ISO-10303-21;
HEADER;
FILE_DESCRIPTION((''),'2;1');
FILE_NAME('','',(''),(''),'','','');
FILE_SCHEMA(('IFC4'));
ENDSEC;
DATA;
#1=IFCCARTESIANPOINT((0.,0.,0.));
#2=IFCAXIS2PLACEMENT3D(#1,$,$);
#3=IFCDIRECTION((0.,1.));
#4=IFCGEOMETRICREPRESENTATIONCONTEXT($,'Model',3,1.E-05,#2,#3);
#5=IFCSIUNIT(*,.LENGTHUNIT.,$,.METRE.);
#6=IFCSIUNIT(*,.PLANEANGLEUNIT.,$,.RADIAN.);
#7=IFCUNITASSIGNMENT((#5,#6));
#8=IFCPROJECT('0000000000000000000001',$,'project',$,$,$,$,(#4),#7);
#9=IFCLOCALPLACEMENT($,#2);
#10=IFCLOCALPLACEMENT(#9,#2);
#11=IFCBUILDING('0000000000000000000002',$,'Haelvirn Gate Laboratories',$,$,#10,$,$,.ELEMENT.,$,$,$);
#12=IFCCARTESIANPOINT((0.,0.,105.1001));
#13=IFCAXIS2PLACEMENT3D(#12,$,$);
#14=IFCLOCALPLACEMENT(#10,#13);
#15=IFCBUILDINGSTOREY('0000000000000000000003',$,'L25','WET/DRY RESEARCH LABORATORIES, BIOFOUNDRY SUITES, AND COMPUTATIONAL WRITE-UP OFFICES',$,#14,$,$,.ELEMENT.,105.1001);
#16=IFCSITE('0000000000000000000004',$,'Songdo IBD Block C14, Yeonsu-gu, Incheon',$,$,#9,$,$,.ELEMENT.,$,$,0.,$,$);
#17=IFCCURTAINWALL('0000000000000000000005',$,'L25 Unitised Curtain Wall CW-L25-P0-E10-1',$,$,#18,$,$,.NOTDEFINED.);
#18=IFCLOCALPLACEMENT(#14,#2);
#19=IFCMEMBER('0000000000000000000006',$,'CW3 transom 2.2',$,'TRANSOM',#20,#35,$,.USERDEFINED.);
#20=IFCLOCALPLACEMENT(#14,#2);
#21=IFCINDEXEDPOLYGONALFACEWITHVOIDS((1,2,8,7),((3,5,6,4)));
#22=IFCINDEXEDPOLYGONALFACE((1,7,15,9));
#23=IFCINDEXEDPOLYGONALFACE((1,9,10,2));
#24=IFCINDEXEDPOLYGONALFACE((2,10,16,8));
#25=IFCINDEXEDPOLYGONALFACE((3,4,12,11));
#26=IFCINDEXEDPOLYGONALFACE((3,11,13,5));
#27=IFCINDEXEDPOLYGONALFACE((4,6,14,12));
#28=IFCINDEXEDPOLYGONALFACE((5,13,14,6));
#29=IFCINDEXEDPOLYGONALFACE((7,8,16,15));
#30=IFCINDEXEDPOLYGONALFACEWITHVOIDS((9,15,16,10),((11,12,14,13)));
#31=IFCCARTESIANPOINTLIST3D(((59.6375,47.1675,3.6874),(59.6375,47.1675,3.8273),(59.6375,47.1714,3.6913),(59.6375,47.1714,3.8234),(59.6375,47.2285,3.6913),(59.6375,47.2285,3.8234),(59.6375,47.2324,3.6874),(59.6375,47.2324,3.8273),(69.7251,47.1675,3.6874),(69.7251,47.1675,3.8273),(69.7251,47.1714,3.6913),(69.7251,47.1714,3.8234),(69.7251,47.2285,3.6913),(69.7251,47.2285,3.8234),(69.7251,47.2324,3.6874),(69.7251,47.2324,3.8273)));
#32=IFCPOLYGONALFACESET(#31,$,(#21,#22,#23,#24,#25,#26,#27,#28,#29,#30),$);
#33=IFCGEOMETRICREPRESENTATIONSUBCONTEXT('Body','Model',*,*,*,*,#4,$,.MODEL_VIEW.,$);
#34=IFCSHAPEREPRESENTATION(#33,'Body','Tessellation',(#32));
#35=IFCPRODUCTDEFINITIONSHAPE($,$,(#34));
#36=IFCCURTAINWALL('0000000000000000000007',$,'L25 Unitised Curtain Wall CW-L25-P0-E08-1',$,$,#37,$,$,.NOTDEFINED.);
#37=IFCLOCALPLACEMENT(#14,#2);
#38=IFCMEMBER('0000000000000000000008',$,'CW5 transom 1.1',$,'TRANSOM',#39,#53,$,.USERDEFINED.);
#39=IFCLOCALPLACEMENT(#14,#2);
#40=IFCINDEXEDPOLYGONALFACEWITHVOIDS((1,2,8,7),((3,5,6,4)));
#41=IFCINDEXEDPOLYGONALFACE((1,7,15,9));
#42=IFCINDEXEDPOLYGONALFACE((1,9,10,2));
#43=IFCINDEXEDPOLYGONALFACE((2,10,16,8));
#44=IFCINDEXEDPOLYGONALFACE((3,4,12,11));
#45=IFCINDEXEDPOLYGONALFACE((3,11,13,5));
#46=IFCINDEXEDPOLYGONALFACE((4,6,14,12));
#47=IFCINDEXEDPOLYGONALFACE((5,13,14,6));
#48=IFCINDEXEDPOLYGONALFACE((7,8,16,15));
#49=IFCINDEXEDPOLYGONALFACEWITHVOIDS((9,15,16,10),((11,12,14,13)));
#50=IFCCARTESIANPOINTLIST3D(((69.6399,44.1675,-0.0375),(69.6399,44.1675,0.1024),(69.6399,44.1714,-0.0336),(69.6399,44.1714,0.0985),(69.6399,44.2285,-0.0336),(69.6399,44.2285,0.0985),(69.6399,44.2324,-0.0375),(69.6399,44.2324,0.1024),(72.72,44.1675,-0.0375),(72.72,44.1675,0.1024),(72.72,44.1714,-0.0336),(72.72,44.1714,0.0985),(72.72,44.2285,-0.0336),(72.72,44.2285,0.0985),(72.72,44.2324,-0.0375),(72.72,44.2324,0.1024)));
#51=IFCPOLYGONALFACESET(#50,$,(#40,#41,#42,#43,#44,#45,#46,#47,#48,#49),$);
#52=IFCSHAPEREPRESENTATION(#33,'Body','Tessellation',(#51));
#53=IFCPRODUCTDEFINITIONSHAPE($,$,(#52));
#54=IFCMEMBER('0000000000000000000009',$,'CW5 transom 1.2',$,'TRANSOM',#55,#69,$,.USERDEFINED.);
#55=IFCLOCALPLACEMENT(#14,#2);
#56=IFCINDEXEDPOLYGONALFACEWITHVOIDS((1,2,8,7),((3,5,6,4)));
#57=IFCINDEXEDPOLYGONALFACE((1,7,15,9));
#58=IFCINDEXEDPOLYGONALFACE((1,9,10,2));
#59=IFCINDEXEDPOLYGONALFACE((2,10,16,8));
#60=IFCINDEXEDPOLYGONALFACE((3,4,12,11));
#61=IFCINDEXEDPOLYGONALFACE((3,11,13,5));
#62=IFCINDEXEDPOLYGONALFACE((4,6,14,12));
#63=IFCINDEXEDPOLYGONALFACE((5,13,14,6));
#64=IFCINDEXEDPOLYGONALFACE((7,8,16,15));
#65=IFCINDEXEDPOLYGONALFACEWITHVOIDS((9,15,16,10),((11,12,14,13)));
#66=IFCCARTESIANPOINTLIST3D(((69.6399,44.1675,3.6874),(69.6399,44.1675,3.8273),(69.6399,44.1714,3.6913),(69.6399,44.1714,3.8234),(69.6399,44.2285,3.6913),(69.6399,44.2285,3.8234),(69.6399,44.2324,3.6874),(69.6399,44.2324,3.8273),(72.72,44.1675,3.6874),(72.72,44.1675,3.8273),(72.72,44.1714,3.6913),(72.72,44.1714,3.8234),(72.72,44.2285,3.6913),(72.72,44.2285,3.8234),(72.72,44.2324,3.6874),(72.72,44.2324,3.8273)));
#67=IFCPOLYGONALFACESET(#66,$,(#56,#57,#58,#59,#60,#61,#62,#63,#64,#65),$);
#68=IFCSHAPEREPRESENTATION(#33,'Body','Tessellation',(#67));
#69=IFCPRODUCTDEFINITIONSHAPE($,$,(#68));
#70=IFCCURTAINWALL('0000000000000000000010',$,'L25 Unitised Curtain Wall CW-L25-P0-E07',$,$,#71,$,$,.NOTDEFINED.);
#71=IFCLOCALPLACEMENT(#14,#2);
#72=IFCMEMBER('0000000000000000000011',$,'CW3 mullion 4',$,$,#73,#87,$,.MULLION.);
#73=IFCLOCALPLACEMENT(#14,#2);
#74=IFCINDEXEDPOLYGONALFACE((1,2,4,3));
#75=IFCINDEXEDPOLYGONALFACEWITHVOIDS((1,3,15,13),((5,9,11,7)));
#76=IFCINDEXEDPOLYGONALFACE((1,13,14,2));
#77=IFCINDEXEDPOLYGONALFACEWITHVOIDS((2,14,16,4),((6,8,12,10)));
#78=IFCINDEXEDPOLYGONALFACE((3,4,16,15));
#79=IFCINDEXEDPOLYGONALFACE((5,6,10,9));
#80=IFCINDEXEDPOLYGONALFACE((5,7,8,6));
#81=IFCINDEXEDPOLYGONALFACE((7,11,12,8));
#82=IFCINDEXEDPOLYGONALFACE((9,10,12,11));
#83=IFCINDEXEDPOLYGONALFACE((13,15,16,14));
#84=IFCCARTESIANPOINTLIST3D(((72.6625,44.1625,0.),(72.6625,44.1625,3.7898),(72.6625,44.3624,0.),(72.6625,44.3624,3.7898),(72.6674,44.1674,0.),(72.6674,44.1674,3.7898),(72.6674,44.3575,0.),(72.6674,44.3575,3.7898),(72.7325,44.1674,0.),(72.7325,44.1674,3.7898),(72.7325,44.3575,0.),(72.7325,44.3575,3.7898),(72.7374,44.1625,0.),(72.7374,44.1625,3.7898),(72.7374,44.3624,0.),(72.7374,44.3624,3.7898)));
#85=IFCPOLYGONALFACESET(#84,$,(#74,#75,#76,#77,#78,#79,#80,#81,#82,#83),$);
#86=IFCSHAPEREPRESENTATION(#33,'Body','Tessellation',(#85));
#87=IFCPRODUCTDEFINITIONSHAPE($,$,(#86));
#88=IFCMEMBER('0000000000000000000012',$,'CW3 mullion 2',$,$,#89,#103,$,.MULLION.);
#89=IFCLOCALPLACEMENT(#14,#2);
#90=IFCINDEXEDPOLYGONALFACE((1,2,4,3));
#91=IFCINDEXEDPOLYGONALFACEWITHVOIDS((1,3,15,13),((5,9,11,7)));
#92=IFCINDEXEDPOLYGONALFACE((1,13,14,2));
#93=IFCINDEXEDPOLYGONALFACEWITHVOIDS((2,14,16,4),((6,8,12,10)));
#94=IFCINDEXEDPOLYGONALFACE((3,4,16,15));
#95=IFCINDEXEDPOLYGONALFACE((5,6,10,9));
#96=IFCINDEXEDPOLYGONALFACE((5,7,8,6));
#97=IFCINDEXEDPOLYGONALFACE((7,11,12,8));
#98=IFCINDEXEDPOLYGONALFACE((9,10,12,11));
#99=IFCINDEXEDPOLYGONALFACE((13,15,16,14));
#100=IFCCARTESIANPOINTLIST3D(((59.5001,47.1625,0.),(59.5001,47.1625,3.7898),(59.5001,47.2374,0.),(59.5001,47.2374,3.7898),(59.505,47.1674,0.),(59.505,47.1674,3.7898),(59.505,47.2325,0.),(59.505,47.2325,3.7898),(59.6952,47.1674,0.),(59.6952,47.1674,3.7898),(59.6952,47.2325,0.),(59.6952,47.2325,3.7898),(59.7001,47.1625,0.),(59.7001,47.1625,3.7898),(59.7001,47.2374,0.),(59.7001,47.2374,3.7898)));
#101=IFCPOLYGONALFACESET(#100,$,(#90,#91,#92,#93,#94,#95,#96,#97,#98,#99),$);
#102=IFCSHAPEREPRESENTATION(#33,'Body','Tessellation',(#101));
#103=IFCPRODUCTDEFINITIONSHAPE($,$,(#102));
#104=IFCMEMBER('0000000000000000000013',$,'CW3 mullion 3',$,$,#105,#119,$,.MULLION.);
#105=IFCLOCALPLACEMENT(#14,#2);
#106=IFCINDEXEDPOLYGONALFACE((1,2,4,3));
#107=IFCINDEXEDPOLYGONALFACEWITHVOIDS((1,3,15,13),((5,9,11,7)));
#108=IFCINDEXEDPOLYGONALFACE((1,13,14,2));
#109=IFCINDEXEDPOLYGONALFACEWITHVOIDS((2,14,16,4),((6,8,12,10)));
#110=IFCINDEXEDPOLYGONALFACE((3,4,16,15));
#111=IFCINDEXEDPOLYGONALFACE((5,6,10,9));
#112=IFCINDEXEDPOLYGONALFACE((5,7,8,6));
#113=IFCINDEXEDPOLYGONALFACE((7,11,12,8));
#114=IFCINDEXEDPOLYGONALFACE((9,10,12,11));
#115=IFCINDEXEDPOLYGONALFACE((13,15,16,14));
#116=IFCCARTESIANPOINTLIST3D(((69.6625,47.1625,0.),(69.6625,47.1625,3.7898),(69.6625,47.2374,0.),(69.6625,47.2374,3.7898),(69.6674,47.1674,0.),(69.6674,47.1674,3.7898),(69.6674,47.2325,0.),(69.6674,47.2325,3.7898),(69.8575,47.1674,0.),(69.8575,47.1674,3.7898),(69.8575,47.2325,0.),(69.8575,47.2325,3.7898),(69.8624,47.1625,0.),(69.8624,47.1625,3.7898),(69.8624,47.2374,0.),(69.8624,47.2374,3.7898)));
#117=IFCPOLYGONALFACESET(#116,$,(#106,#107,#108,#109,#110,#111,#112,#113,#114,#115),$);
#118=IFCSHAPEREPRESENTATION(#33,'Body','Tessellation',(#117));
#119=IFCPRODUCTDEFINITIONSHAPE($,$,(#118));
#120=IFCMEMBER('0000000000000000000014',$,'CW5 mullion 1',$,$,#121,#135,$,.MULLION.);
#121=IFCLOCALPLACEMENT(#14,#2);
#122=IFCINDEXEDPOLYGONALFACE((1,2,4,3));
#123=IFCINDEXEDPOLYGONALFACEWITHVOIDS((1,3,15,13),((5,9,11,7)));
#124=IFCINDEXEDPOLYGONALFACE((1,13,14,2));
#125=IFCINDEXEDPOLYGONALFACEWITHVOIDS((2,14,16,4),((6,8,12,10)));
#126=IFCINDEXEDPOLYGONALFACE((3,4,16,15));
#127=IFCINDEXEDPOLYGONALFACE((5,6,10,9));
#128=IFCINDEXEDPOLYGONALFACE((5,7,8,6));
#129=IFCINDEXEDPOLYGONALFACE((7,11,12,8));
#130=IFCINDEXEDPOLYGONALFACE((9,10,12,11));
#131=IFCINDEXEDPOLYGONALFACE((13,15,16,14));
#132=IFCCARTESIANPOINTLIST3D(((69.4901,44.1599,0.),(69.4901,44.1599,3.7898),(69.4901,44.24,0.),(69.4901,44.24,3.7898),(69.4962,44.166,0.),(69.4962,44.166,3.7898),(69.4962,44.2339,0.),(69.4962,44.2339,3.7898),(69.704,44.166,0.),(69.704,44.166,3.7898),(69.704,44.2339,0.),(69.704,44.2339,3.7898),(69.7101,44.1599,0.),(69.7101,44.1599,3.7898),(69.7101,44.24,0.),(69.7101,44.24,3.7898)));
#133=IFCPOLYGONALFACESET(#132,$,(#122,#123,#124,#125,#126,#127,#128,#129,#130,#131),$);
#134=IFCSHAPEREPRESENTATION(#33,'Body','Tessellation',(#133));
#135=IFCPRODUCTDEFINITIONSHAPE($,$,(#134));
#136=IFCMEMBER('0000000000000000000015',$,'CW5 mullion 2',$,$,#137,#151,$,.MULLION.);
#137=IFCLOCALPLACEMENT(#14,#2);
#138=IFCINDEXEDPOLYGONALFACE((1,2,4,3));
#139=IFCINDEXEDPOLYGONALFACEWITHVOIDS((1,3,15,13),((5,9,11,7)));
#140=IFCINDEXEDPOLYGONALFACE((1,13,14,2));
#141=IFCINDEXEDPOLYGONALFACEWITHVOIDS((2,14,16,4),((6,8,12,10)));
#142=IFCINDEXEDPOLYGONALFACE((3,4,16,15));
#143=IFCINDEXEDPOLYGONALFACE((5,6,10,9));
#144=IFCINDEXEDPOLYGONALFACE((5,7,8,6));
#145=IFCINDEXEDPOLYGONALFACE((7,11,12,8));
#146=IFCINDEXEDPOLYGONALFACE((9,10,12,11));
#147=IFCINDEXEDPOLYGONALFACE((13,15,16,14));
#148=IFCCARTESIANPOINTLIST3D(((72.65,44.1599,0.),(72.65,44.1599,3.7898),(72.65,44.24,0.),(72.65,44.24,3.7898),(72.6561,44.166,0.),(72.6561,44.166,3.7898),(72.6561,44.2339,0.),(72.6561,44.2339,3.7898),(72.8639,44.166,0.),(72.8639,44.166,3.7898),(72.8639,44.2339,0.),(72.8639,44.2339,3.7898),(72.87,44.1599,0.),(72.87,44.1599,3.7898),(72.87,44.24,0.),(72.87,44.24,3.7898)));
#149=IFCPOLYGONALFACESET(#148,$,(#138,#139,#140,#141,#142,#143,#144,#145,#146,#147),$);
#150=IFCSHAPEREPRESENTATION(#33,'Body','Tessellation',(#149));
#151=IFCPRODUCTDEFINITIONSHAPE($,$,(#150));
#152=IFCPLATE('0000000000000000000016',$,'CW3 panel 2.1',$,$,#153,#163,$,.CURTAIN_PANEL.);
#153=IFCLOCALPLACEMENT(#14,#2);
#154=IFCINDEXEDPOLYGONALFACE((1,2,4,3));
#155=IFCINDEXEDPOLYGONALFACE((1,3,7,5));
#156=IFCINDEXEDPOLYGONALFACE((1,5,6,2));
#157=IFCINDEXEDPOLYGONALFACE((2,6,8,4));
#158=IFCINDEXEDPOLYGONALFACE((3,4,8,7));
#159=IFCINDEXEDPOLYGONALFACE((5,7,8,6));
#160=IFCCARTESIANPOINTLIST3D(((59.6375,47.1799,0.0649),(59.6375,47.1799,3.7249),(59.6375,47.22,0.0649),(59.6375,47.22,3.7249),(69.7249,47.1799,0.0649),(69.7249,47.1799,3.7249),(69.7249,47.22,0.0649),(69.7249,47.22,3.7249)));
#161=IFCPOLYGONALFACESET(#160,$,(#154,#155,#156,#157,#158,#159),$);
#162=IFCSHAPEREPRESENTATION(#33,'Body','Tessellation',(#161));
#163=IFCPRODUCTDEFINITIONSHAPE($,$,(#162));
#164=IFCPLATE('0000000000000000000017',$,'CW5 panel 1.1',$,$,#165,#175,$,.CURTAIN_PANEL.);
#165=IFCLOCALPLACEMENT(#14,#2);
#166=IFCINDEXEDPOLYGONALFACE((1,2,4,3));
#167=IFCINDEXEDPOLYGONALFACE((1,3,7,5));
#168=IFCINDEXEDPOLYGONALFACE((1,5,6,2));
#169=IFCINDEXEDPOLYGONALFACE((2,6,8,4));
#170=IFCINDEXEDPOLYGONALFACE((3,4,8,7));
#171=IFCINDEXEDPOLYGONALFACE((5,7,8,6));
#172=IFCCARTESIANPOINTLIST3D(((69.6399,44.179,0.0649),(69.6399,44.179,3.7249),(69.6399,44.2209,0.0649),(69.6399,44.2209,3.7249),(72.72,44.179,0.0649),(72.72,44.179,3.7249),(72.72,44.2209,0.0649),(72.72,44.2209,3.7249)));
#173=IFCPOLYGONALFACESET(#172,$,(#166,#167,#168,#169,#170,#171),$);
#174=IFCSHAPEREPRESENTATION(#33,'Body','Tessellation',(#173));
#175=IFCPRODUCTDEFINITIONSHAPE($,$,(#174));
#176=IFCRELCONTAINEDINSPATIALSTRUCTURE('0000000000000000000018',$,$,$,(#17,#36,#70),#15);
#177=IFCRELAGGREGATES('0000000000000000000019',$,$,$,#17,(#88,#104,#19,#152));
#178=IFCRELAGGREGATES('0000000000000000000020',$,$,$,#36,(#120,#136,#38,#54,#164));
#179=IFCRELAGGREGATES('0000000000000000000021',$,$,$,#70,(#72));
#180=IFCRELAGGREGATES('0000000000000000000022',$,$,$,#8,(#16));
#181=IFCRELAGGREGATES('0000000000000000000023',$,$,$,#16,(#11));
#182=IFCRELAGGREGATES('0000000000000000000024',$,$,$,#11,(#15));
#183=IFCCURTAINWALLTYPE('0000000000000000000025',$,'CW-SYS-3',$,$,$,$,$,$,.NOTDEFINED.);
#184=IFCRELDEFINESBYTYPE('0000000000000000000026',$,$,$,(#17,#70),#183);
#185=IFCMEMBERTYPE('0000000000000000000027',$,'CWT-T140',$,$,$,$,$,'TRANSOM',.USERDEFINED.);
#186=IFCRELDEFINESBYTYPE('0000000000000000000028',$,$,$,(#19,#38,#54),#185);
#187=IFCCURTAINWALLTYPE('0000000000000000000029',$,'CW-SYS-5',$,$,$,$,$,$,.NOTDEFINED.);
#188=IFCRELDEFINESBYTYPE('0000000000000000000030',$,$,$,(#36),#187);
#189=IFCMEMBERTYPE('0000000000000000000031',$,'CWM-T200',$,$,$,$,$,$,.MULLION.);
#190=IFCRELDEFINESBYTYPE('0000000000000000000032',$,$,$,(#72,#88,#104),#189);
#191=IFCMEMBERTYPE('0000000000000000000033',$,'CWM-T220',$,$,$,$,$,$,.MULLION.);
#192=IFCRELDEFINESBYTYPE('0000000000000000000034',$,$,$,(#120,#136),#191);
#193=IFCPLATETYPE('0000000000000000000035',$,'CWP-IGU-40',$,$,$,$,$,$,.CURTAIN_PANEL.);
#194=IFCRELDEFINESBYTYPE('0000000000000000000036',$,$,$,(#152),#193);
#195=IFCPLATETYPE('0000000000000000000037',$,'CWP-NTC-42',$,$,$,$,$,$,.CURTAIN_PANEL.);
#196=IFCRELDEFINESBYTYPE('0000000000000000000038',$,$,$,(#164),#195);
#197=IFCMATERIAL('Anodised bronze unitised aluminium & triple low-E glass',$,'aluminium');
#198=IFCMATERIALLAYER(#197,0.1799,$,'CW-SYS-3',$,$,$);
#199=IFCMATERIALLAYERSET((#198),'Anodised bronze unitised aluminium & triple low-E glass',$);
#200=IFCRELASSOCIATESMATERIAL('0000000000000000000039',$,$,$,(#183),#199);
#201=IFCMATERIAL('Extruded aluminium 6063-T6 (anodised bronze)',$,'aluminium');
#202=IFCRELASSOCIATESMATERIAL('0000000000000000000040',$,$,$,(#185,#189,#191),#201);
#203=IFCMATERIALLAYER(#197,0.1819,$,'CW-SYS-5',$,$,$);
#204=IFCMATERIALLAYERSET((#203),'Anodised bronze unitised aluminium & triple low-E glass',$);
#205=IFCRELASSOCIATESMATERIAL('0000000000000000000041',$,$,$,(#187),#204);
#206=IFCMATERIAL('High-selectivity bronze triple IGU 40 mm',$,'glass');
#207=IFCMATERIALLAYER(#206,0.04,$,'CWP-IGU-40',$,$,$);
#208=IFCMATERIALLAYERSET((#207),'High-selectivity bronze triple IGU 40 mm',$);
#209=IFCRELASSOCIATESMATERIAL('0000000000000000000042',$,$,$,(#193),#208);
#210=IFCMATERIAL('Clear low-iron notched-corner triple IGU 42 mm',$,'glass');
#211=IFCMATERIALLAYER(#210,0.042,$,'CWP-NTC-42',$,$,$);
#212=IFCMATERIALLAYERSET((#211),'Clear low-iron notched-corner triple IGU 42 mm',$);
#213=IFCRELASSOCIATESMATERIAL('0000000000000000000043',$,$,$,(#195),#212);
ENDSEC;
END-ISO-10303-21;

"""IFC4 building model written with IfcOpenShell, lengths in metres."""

from ifc_helpers import new_model, si_unit, direction, frame, origin, origin_2d, place, context, subcontext, project, spatial, rectangle, hollow_rectangle, extrude, source, transform, mapped, material, layer, layer_set, material_profile, profile_set, type_object, type_shapes, element, aggregate, save


model = new_model("IFC4")

# Units and contexts
model_context = context("Model", 3, precision=1e-05, world=origin(), true_north=direction((0.0, 1.0)))
body_context = subcontext(model_context, "Body", "Model", "MODEL_VIEW")
ifc_project = project(units=[si_unit("LENGTHUNIT", "METRE"), si_unit("PLANEANGLEUNIT", "RADIAN")], contexts=[model_context])

# Site, building, storey
site_placement = place(None, origin())
site = spatial("IfcSite", under=ifc_project, at=site_placement, Name="Songdo IBD Block C14, Yeonsu-gu, Incheon", CompositionType="ELEMENT", RefElevation=0.0)
building_placement = place(site_placement, origin())
building = spatial("IfcBuilding", under=site, at=building_placement, Name="Haelvirn Gate Laboratories", CompositionType="ELEMENT")
storey_placement = place(building_placement, frame((0.0, 0.0, 105.1001)))
storey = spatial("IfcBuildingStorey", under=building, at=storey_placement, Name="L25", Description="WET/DRY RESEARCH LABORATORIES, BIOFOUNDRY SUITES, AND COMPUTATIONAL WRITE-UP OFFICES", CompositionType="ELEMENT", Elevation=105.1001)

# Curtain walls, members
ifc_material_1 = material(Name="Anodised bronze unitised aluminium & triple low-E glass", Category="aluminium")
ifc_layer_1 = layer(ifc_material_1, 0.1799, Name="CW-SYS-3")
ifc_layer_set_1 = layer_set([ifc_layer_1], Name="Anodised bronze unitised aluminium & triple low-E glass")
curtain_wall_type_1 = type_object("IfcCurtainWallType", Name="CW-SYS-3", PredefinedType="NOTDEFINED", material=ifc_layer_set_1)
curtain_wall_1_placement = place(storey_placement, origin())
curtain_wall_1 = element("IfcCurtainWall", 1, at=curtain_wall_1_placement, inside=storey, type_object=curtain_wall_type_1, Name="L25 Unitised Curtain Wall CW-L25-P0-E10-1", PredefinedType="NOTDEFINED")
ifc_material_2 = material(Name="Extruded aluminium 6063-T6 (anodised bronze)", Category="aluminium")
ifc_material_profile_1 = material_profile(ifc_material_2, hollow_rectangle(XDim=0.0649, YDim=0.1399, WallThickness=0.0039, at=origin_2d()), Name="CWT-140x65x4")
ifc_profile_set_1 = profile_set([ifc_material_profile_1], Name="Extruded aluminium 6063-T6 (anodised bronze)")
member_type_1 = type_object("IfcMemberType", Name="CWT-T140", ElementType="TRANSOM", PredefinedType="USERDEFINED", material=ifc_profile_set_1)
shared_shape_1 = source(origin(), body_context, "Body", "SweptSolid", [
    extrude(hollow_rectangle(XDim=0.0649, YDim=0.1399, WallThickness=0.0039, at=origin_2d()), origin(), (0.0, 0.0, 1.0), 10.0876),
])
member_1_placement = place(storey_placement, frame((59.6375, 47.2, 3.7573), z_axis=(1.0, 0.0, 0.0), x_axis=(0.0, 1.0, 0.0)))
member_1 = element("IfcMember", 2, at=member_1_placement, type_object=member_type_1, Name="CW3 transom 2.2", ObjectType="TRANSOM", PredefinedType="USERDEFINED", context=body_context, shape_type="MappedRepresentation", body=[
    mapped(shared_shape_1, transform((0.0, 0.0, 0.0), scale=1.0)),
])
ifc_layer_2 = layer(ifc_material_1, 0.1819, Name="CW-SYS-5")
ifc_layer_set_2 = layer_set([ifc_layer_2], Name="Anodised bronze unitised aluminium & triple low-E glass")
curtain_wall_type_2 = type_object("IfcCurtainWallType", Name="CW-SYS-5", PredefinedType="NOTDEFINED", material=ifc_layer_set_2)
curtain_wall_2_placement = place(storey_placement, origin())
curtain_wall_2 = element("IfcCurtainWall", 3, at=curtain_wall_2_placement, inside=storey, type_object=curtain_wall_type_2, Name="L25 Unitised Curtain Wall CW-L25-P0-E08-1", PredefinedType="NOTDEFINED")
shared_shape_2 = source(origin(), body_context, "Body", "SweptSolid", [
    extrude(hollow_rectangle(XDim=0.0649, YDim=0.1399, WallThickness=0.0039, at=origin_2d()), origin(), (0.0, 0.0, 1.0), 3.0801),
])
type_shapes(member_type_1, [shared_shape_1, shared_shape_2])
member_2_placement = place(storey_placement, frame((69.6399, 44.2, 0.0325), z_axis=(1.0, 0.0, 0.0), x_axis=(0.0, 1.0, 0.0)))
member_2 = element("IfcMember", 4, at=member_2_placement, type_object=member_type_1, Name="CW5 transom 1.1", ObjectType="TRANSOM", PredefinedType="USERDEFINED", context=body_context, shape_type="MappedRepresentation", body=[
    mapped(shared_shape_2, transform((0.0, 0.0, 0.0), scale=1.0)),
])
member_3_placement = place(storey_placement, frame((69.6399, 44.2, 3.7573), z_axis=(1.0, 0.0, 0.0), x_axis=(0.0, 1.0, 0.0)))
member_3 = element("IfcMember", 5, at=member_3_placement, type_object=member_type_1, Name="CW5 transom 1.2", ObjectType="TRANSOM", PredefinedType="USERDEFINED", context=body_context, shape_type="MappedRepresentation", body=[
    mapped(shared_shape_2, transform((0.0, 0.0, 0.0), scale=1.0)),
])

# Curtain wall, member
curtain_wall_3_placement = place(storey_placement, origin())
curtain_wall_3 = element("IfcCurtainWall", 6, at=curtain_wall_3_placement, inside=storey, type_object=curtain_wall_type_1, Name="L25 Unitised Curtain Wall CW-L25-P0-E07", PredefinedType="NOTDEFINED")
ifc_material_profile_2 = material_profile(ifc_material_2, hollow_rectangle(XDim=0.075, YDim=0.2, WallThickness=0.0049, at=origin_2d()), Name="CWM-200x75x5")
ifc_profile_set_2 = profile_set([ifc_material_profile_2], Name="Extruded aluminium 6063-T6 (anodised bronze)")
member_type_2 = type_object("IfcMemberType", Name="CWM-T200", PredefinedType="MULLION", material=ifc_profile_set_2)
shared_shape_3 = source(origin(), body_context, "Body", "SweptSolid", [
    extrude(hollow_rectangle(XDim=0.075, YDim=0.2, WallThickness=0.0049, at=origin_2d()), origin(), (0.0, 0.0, 1.0), 3.7898),
])
type_shapes(member_type_2, [shared_shape_3])
member_4_placement = place(storey_placement, frame((72.7, 44.2625, 0.0), z_axis=(0.0, 0.0, 1.0), x_axis=(-1.0, 0.0, 0.0)))
member_4 = element("IfcMember", 7, at=member_4_placement, type_object=member_type_2, Name="CW3 mullion 4", PredefinedType="MULLION", context=body_context, shape_type="MappedRepresentation", body=[
    mapped(shared_shape_3, transform((0.0, 0.0, 0.0), scale=1.0)),
])

# Members
member_5_placement = place(storey_placement, frame((59.6001, 47.2, 0.0), z_axis=(0.0, 0.0, 1.0), x_axis=(0.0, 1.0, 0.0)))
member_5 = element("IfcMember", 8, at=member_5_placement, type_object=member_type_2, Name="CW3 mullion 2", PredefinedType="MULLION", context=body_context, shape_type="MappedRepresentation", body=[
    mapped(shared_shape_3, transform((0.0, 0.0, 0.0), scale=1.0)),
])
member_6_placement = place(storey_placement, frame((69.7625, 47.2, 0.0), z_axis=(0.0, 0.0, 1.0), x_axis=(0.0, 1.0, 0.0)))
member_6 = element("IfcMember", 9, at=member_6_placement, type_object=member_type_2, Name="CW3 mullion 3", PredefinedType="MULLION", context=body_context, shape_type="MappedRepresentation", body=[
    mapped(shared_shape_3, transform((0.0, 0.0, 0.0), scale=1.0)),
])
ifc_material_profile_3 = material_profile(ifc_material_2, hollow_rectangle(XDim=0.0801, YDim=0.22, WallThickness=0.0061, at=origin_2d()), Name="CWM-220x80x6")
ifc_profile_set_3 = profile_set([ifc_material_profile_3], Name="Extruded aluminium 6063-T6 (anodised bronze)")
member_type_3 = type_object("IfcMemberType", Name="CWM-T220", PredefinedType="MULLION", material=ifc_profile_set_3)
shared_shape_4 = source(origin(), body_context, "Body", "SweptSolid", [
    extrude(hollow_rectangle(XDim=0.0801, YDim=0.22, WallThickness=0.0061, at=origin_2d()), origin(), (0.0, 0.0, 1.0), 3.7898),
])
type_shapes(member_type_3, [shared_shape_4])
member_7_placement = place(storey_placement, frame((69.6001, 44.2, 0.0), z_axis=(0.0, 0.0, 1.0), x_axis=(0.0, 1.0, 0.0)))
member_7 = element("IfcMember", 10, at=member_7_placement, type_object=member_type_3, Name="CW5 mullion 1", PredefinedType="MULLION", context=body_context, shape_type="MappedRepresentation", body=[
    mapped(shared_shape_4, transform((0.0, 0.0, 0.0), scale=1.0)),
])
member_8_placement = place(storey_placement, frame((72.76, 44.2, 0.0), z_axis=(0.0, 0.0, 1.0), x_axis=(0.0, 1.0, 0.0)))
member_8 = element("IfcMember", 11, at=member_8_placement, type_object=member_type_3, Name="CW5 mullion 2", PredefinedType="MULLION", context=body_context, shape_type="MappedRepresentation", body=[
    mapped(shared_shape_4, transform((0.0, 0.0, 0.0), scale=1.0)),
])

# Plates
ifc_material_3 = material(Name="High-selectivity bronze triple IGU 40 mm", Category="glass")
ifc_layer_3 = layer(ifc_material_3, 0.04, Name="CWP-IGU-40")
ifc_layer_set_3 = layer_set([ifc_layer_3], Name="High-selectivity bronze triple IGU 40 mm")
plate_type_1 = type_object("IfcPlateType", Name="CWP-IGU-40", PredefinedType="CURTAIN_PANEL", material=ifc_layer_set_3)
shared_shape_5 = source(origin(), body_context, "Body", "SweptSolid", [
    extrude(rectangle(XDim=10.0874, YDim=0.04, at=origin_2d()), origin(), (0.0, 0.0, 1.0), 3.6599),
])
plate_1_placement = place(storey_placement, frame((64.6812, 47.2, 0.0649), z_axis=(0.0, 0.0, 1.0), x_axis=(1.0, 0.0, 0.0)))
plate_1 = element("IfcPlate", 12, at=plate_1_placement, type_object=plate_type_1, Name="CW3 panel 2.1", PredefinedType="CURTAIN_PANEL", context=body_context, shape_type="MappedRepresentation", body=[
    mapped(shared_shape_5, transform((0.0, 0.0, 0.0), scale=1.0)),
])
aggregate(curtain_wall_1, [member_5, member_6, member_1, plate_1])
ifc_material_4 = material(Name="Clear low-iron notched-corner triple IGU 42 mm", Category="glass")
ifc_layer_4 = layer(ifc_material_4, 0.042, Name="CWP-NTC-42")
ifc_layer_set_4 = layer_set([ifc_layer_4], Name="Clear low-iron notched-corner triple IGU 42 mm")
plate_type_2 = type_object("IfcPlateType", Name="CWP-NTC-42", PredefinedType="CURTAIN_PANEL", material=ifc_layer_set_4)
shared_shape_6 = source(origin(), body_context, "Body", "SweptSolid", [
    extrude(rectangle(XDim=3.0801, YDim=0.042, at=origin_2d()), origin(), (0.0, 0.0, 1.0), 3.6599),
])
type_shapes(plate_type_2, [shared_shape_6])
plate_2_placement = place(storey_placement, frame((71.1799, 44.2, 0.0649), z_axis=(0.0, 0.0, 1.0), x_axis=(1.0, 0.0, 0.0)))
plate_2 = element("IfcPlate", 13, at=plate_2_placement, type_object=plate_type_2, Name="CW5 panel 1.1", PredefinedType="CURTAIN_PANEL", context=body_context, shape_type="MappedRepresentation", body=[
    mapped(shared_shape_6, transform((0.0, 0.0, 0.0), scale=1.0)),
])
aggregate(curtain_wall_2, [member_7, member_8, member_2, member_3, plate_2])
aggregate(curtain_wall_3, [member_4])

save(model, "model.ifc")
